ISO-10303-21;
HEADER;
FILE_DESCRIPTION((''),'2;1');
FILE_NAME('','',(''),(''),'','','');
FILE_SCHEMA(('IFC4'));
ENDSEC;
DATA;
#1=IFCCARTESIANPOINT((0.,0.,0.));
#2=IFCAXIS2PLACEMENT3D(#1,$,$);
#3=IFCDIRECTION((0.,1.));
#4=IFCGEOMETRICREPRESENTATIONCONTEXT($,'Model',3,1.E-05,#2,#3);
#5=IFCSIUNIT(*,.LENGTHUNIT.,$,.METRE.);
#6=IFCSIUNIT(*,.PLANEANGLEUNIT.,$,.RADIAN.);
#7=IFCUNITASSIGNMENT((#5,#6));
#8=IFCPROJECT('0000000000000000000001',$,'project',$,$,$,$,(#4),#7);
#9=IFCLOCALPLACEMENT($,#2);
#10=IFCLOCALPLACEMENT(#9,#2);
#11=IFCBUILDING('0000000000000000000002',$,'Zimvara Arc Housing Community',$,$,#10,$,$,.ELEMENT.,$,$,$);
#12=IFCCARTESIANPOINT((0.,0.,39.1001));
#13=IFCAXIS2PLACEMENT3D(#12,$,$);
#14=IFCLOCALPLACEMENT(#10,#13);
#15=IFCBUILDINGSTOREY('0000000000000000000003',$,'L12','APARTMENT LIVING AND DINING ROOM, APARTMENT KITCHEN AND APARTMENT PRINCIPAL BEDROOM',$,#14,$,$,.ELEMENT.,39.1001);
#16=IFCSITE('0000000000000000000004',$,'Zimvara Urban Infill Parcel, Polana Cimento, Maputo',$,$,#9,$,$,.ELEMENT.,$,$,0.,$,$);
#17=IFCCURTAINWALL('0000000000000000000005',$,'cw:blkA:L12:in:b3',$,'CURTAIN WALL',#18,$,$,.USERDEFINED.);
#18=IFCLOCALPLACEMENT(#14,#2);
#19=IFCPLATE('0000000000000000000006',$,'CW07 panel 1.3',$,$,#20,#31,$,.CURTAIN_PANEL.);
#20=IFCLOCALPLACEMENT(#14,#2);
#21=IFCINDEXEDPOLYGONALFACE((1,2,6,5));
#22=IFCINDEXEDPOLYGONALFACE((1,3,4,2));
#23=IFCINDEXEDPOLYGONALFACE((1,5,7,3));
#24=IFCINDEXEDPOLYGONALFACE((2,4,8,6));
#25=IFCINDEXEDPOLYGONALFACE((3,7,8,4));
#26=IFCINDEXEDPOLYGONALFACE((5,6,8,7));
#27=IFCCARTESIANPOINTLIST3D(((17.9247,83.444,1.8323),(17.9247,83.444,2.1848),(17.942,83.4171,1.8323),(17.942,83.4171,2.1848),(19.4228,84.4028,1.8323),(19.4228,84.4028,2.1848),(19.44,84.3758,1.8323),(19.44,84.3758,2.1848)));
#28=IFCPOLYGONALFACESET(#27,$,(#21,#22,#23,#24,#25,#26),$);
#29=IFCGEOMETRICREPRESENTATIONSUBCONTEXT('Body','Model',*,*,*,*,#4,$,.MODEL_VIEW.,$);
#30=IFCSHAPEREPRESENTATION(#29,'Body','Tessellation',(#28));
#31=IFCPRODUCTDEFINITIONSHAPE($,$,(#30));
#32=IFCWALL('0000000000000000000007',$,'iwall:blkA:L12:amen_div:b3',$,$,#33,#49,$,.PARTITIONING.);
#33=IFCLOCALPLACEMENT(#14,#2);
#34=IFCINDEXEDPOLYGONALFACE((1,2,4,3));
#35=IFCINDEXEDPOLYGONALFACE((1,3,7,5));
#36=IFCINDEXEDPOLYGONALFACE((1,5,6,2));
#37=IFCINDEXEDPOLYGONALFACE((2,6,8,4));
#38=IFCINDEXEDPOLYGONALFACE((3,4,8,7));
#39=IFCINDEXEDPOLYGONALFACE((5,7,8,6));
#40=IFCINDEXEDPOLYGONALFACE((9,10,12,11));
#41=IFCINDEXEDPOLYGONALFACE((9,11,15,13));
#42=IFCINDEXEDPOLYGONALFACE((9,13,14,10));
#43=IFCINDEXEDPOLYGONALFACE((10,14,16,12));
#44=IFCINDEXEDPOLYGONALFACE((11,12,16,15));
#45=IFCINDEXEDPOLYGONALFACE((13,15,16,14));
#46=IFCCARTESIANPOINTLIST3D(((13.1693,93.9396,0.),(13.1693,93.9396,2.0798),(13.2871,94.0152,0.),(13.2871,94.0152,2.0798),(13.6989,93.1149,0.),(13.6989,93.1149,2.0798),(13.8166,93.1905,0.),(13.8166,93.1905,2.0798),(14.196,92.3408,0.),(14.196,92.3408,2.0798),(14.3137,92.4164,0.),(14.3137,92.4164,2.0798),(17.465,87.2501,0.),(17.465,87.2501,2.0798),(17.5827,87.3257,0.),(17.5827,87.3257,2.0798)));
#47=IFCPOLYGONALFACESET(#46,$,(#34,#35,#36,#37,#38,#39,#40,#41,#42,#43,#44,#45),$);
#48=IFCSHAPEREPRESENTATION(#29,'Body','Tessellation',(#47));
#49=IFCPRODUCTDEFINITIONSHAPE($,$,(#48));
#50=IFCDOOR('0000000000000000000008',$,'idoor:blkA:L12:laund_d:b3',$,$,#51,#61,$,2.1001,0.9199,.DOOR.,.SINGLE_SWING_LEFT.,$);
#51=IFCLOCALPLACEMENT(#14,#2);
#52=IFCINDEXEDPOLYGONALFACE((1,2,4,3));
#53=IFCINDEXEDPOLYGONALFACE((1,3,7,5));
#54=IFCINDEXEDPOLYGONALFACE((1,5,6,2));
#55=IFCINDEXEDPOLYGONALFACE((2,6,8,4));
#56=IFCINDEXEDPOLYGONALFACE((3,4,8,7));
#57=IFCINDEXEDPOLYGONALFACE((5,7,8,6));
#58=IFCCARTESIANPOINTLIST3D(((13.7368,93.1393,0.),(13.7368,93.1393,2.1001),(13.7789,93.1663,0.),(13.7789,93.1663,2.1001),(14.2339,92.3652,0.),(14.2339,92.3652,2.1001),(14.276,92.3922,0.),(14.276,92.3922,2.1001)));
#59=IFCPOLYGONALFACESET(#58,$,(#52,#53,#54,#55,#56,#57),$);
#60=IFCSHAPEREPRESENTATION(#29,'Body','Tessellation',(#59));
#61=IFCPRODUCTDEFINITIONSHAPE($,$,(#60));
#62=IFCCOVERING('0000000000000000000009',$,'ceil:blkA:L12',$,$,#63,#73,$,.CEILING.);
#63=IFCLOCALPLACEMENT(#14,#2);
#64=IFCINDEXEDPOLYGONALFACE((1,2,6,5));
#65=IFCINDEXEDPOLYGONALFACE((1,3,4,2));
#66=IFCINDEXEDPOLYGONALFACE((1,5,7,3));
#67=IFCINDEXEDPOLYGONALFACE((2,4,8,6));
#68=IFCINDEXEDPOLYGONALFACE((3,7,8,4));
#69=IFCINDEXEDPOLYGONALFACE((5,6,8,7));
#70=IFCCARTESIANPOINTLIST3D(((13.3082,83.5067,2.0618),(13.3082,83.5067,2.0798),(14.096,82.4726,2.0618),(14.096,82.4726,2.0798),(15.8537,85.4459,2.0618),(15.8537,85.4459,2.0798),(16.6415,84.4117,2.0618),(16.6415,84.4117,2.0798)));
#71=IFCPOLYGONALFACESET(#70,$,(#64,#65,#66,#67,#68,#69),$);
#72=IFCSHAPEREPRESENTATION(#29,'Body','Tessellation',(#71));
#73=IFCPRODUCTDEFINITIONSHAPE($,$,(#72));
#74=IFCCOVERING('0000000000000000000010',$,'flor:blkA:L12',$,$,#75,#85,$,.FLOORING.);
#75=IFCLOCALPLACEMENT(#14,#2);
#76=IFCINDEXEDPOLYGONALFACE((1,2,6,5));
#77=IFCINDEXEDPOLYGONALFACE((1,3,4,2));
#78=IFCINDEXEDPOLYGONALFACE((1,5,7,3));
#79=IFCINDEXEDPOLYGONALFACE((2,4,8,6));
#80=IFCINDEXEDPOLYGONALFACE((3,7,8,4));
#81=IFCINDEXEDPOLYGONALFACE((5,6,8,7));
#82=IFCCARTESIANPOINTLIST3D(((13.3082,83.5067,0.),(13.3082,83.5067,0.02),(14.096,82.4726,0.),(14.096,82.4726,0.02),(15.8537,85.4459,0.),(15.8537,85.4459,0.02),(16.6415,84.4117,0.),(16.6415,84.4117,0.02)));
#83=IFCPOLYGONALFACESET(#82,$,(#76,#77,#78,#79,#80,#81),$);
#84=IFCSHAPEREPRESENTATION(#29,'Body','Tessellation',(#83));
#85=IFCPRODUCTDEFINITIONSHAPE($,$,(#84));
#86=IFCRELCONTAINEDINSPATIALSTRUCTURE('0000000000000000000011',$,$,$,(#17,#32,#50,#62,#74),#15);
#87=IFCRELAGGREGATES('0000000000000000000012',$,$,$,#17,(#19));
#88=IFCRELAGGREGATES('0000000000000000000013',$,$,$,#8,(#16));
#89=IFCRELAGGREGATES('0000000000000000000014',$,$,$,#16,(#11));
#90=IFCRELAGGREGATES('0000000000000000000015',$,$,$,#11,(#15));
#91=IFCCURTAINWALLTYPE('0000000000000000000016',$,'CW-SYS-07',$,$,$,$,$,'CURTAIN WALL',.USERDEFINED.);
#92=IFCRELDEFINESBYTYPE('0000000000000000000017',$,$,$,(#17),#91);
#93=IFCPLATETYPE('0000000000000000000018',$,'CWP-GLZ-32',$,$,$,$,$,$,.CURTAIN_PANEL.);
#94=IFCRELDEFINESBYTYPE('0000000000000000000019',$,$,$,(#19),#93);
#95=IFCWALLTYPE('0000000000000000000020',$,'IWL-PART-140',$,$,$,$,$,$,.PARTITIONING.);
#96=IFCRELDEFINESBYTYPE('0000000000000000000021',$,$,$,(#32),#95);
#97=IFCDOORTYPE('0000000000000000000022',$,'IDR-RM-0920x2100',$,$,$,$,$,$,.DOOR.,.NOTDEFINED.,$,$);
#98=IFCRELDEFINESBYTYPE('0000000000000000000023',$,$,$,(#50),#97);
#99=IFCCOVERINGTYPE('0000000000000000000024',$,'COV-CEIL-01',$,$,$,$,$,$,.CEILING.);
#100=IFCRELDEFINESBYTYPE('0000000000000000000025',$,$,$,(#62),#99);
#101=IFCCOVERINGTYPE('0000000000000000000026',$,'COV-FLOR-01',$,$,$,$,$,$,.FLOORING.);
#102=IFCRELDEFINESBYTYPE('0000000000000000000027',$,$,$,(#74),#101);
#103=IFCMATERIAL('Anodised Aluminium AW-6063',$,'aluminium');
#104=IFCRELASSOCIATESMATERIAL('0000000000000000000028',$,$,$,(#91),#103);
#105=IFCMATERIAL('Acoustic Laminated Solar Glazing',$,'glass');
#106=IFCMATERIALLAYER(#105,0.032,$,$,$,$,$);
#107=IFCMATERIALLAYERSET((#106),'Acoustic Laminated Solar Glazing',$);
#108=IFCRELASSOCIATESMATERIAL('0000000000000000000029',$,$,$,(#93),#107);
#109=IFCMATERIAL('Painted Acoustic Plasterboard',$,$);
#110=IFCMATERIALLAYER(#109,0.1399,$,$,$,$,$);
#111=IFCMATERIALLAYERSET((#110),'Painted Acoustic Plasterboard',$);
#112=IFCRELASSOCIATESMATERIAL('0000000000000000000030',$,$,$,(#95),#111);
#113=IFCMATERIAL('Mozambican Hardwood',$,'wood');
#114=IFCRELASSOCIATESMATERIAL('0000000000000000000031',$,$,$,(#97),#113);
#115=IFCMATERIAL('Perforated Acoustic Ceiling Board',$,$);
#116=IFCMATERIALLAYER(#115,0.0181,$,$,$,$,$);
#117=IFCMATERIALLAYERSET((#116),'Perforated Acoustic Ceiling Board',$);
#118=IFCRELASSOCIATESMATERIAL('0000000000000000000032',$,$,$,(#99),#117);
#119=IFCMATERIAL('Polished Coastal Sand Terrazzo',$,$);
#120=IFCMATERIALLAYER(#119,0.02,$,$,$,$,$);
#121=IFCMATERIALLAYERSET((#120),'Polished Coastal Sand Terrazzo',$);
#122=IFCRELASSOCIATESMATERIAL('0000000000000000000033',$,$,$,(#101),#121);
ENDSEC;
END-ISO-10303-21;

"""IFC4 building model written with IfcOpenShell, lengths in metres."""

from ifc_helpers import new_model, si_unit, direction, frame, frame_2d, origin, origin_2d, place, context, subcontext, project, spatial, rectangle, extrude, material, layer, layer_set, type_object, element, fill, aggregate, save


model = new_model("IFC4")

# Units and contexts
model_context = context("Model", 3, precision=1e-05, world=origin(), true_north=direction((0.0, 1.0)))
body_context = subcontext(model_context, "Body", "Model", "MODEL_VIEW")
ifc_project = project(units=[si_unit("LENGTHUNIT", "METRE"), si_unit("PLANEANGLEUNIT", "RADIAN")], contexts=[model_context])

# Site, building, storey
site_placement = place(None, origin())
site = spatial("IfcSite", under=ifc_project, at=site_placement, Name="Zimvara Urban Infill Parcel, Polana Cimento, Maputo", CompositionType="ELEMENT", RefElevation=0.0)
building_placement = place(site_placement, origin())
building = spatial("IfcBuilding", under=site, at=building_placement, Name="Zimvara Arc Housing Community", CompositionType="ELEMENT")
storey_placement = place(building_placement, frame((0.0, 0.0, 39.1001)))
storey = spatial("IfcBuildingStorey", under=building, at=storey_placement, Name="L12", Description="APARTMENT LIVING AND DINING ROOM, APARTMENT KITCHEN AND APARTMENT PRINCIPAL BEDROOM", CompositionType="ELEMENT", Elevation=39.1001)

# Curtain wall, plate
ifc_material_1 = material(Name="Anodised Aluminium AW-6063", Category="aluminium")
curtain_wall_type_1 = type_object("IfcCurtainWallType", Name="CW-SYS-07", ElementType="CURTAIN WALL", PredefinedType="USERDEFINED", material=ifc_material_1)
curtain_wall_1_placement = place(storey_placement, origin())
curtain_wall_1 = element("IfcCurtainWall", 1, at=curtain_wall_1_placement, inside=storey, type_object=curtain_wall_type_1, Name="cw:blkA:L12:in:b3", ObjectType="CURTAIN WALL", PredefinedType="USERDEFINED")
ifc_material_2 = material(Name="Acoustic Laminated Solar Glazing", Category="glass")
ifc_layer_1 = layer(ifc_material_2, 0.032)
ifc_layer_set_1 = layer_set([ifc_layer_1], Name="Acoustic Laminated Solar Glazing")
plate_type = type_object("IfcPlateType", Name="CWP-GLZ-32", PredefinedType="CURTAIN_PANEL", material=ifc_layer_set_1)
plate_1_placement = place(storey_placement, frame((18.6824, 83.9099, 1.8323), z_axis=(0.0, 0.0, 1.0), x_axis=(0.842264, 0.539065, 0.0)))
plate_1 = element("IfcPlate", 2, at=plate_1_placement, type_object=plate_type, Name="CW07 panel 1.3", PredefinedType="CURTAIN_PANEL", context=body_context, shape_type="SweptSolid", body=[
    extrude(rectangle(XDim=1.7786, YDim=0.032, at=origin_2d()), origin(), (0.0, 0.0, 1.0), 0.3525),
])
aggregate(curtain_wall_1, [plate_1])

# Wall, opening, door
ifc_material_3 = material(Name="Painted Acoustic Plasterboard")
ifc_layer_2 = layer(ifc_material_3, 0.1399)
ifc_layer_set_2 = layer_set([ifc_layer_2], Name="Painted Acoustic Plasterboard")
wall_type_1 = type_object("IfcWallType", Name="IWL-PART-140", PredefinedType="PARTITIONING", material=ifc_layer_set_2)
wall_1_placement = place(storey_placement, frame((17.5239, 87.2878, 0.0), z_axis=(0.0, 0.0, 1.0), x_axis=(-0.540338, 0.841448, 0.0)))
wall_1 = element("IfcWall", 3, at=wall_1_placement, inside=storey, type_object=wall_type_1, Name="iwall:blkA:L12:amen_div:b3", PredefinedType="PARTITIONING", context=body_context, shape_type="SweptSolid", body=[
    extrude(rectangle(XDim=7.95, YDim=0.1399, at=frame_2d((3.9751, 0.0))), origin(), (0.0, 0.0, 1.0), 2.0798),
])
opening_1_placement = place(wall_1_placement, frame((6.05, 0.0, 0.0)))
opening_1 = element("IfcOpeningElement", 4, at=opening_1_placement, cuts=wall_1, PredefinedType="OPENING", context=body_context, shape_type="SweptSolid", body=[
    extrude(rectangle(XDim=0.9199, YDim=2.1001, at=frame_2d((0.46, 1.05))), frame((0.0, 0.0798, 0.0), z_axis=(0.0, -1.0, 0.0), x_axis=(1.0, 0.0, 0.0)), (0.0, 0.0, 1.0), 0.1599),
])
ifc_material_4 = material(Name="Mozambican Hardwood", Category="wood")
door_type_1 = type_object("IfcDoorType", Name="IDR-RM-0920x2100", OperationType="NOTDEFINED", PredefinedType="DOOR", material=ifc_material_4)
door_1_placement = place(opening_1_placement, origin())
door_1 = element("IfcDoor", 5, at=door_1_placement, inside=storey, type_object=door_type_1, Name="idoor:blkA:L12:laund_d:b3", OperationType="SINGLE_SWING_LEFT", OverallHeight=2.1001, OverallWidth=0.9199, PredefinedType="DOOR", context=body_context, shape_type="SweptSolid", body=[
    extrude(rectangle(XDim=0.9199, YDim=2.1001, at=frame_2d((0.46, 1.05))), frame((0.0, 0.0249, 0.0), z_axis=(0.0, -1.0, 0.0), x_axis=(1.0, 0.0, 0.0)), (0.0, 0.0, 1.0), 0.05),
])
fill(opening_1, door_1)

# Coverings
ifc_material_5 = material(Name="Perforated Acoustic Ceiling Board")
ifc_layer_3 = layer(ifc_material_5, 0.0181)
ifc_layer_set_3 = layer_set([ifc_layer_3], Name="Perforated Acoustic Ceiling Board")
covering_type_1 = type_object("IfcCoveringType", Name="COV-CEIL-01", PredefinedType="CEILING", material=ifc_layer_set_3)
covering_1_placement = place(storey_placement, frame((14.9749, 83.9592, 2.0618), z_axis=(0.0, 0.0, 1.0), x_axis=(-0.605988, 0.795473, 0.0)))
element("IfcCovering", 6, at=covering_1_placement, inside=storey, type_object=covering_type_1, Name="ceil:blkA:L12", PredefinedType="CEILING", context=body_context, shape_type="SweptSolid", body=[
    extrude(rectangle(XDim=1.3, YDim=3.2, at=origin_2d()), origin(), (0.0, 0.0, 1.0), 0.0181),
])
ifc_material_6 = material(Name="Polished Coastal Sand Terrazzo")
ifc_layer_4 = layer(ifc_material_6, 0.02)
ifc_layer_set_4 = layer_set([ifc_layer_4], Name="Polished Coastal Sand Terrazzo")
covering_type_2 = type_object("IfcCoveringType", Name="COV-FLOR-01", PredefinedType="FLOORING", material=ifc_layer_set_4)
covering_2_placement = place(storey_placement, frame((14.9749, 83.9592, 0.0), z_axis=(0.0, 0.0, 1.0), x_axis=(-0.605988, 0.795473, 0.0)))
element("IfcCovering", 7, at=covering_2_placement, inside=storey, type_object=covering_type_2, Name="flor:blkA:L12", PredefinedType="FLOORING", context=body_context, shape_type="SweptSolid", body=[
    extrude(rectangle(XDim=1.3, YDim=3.2, at=origin_2d()), origin(), (0.0, 0.0, 1.0), 0.02),
])

save(model, "model.ifc")
